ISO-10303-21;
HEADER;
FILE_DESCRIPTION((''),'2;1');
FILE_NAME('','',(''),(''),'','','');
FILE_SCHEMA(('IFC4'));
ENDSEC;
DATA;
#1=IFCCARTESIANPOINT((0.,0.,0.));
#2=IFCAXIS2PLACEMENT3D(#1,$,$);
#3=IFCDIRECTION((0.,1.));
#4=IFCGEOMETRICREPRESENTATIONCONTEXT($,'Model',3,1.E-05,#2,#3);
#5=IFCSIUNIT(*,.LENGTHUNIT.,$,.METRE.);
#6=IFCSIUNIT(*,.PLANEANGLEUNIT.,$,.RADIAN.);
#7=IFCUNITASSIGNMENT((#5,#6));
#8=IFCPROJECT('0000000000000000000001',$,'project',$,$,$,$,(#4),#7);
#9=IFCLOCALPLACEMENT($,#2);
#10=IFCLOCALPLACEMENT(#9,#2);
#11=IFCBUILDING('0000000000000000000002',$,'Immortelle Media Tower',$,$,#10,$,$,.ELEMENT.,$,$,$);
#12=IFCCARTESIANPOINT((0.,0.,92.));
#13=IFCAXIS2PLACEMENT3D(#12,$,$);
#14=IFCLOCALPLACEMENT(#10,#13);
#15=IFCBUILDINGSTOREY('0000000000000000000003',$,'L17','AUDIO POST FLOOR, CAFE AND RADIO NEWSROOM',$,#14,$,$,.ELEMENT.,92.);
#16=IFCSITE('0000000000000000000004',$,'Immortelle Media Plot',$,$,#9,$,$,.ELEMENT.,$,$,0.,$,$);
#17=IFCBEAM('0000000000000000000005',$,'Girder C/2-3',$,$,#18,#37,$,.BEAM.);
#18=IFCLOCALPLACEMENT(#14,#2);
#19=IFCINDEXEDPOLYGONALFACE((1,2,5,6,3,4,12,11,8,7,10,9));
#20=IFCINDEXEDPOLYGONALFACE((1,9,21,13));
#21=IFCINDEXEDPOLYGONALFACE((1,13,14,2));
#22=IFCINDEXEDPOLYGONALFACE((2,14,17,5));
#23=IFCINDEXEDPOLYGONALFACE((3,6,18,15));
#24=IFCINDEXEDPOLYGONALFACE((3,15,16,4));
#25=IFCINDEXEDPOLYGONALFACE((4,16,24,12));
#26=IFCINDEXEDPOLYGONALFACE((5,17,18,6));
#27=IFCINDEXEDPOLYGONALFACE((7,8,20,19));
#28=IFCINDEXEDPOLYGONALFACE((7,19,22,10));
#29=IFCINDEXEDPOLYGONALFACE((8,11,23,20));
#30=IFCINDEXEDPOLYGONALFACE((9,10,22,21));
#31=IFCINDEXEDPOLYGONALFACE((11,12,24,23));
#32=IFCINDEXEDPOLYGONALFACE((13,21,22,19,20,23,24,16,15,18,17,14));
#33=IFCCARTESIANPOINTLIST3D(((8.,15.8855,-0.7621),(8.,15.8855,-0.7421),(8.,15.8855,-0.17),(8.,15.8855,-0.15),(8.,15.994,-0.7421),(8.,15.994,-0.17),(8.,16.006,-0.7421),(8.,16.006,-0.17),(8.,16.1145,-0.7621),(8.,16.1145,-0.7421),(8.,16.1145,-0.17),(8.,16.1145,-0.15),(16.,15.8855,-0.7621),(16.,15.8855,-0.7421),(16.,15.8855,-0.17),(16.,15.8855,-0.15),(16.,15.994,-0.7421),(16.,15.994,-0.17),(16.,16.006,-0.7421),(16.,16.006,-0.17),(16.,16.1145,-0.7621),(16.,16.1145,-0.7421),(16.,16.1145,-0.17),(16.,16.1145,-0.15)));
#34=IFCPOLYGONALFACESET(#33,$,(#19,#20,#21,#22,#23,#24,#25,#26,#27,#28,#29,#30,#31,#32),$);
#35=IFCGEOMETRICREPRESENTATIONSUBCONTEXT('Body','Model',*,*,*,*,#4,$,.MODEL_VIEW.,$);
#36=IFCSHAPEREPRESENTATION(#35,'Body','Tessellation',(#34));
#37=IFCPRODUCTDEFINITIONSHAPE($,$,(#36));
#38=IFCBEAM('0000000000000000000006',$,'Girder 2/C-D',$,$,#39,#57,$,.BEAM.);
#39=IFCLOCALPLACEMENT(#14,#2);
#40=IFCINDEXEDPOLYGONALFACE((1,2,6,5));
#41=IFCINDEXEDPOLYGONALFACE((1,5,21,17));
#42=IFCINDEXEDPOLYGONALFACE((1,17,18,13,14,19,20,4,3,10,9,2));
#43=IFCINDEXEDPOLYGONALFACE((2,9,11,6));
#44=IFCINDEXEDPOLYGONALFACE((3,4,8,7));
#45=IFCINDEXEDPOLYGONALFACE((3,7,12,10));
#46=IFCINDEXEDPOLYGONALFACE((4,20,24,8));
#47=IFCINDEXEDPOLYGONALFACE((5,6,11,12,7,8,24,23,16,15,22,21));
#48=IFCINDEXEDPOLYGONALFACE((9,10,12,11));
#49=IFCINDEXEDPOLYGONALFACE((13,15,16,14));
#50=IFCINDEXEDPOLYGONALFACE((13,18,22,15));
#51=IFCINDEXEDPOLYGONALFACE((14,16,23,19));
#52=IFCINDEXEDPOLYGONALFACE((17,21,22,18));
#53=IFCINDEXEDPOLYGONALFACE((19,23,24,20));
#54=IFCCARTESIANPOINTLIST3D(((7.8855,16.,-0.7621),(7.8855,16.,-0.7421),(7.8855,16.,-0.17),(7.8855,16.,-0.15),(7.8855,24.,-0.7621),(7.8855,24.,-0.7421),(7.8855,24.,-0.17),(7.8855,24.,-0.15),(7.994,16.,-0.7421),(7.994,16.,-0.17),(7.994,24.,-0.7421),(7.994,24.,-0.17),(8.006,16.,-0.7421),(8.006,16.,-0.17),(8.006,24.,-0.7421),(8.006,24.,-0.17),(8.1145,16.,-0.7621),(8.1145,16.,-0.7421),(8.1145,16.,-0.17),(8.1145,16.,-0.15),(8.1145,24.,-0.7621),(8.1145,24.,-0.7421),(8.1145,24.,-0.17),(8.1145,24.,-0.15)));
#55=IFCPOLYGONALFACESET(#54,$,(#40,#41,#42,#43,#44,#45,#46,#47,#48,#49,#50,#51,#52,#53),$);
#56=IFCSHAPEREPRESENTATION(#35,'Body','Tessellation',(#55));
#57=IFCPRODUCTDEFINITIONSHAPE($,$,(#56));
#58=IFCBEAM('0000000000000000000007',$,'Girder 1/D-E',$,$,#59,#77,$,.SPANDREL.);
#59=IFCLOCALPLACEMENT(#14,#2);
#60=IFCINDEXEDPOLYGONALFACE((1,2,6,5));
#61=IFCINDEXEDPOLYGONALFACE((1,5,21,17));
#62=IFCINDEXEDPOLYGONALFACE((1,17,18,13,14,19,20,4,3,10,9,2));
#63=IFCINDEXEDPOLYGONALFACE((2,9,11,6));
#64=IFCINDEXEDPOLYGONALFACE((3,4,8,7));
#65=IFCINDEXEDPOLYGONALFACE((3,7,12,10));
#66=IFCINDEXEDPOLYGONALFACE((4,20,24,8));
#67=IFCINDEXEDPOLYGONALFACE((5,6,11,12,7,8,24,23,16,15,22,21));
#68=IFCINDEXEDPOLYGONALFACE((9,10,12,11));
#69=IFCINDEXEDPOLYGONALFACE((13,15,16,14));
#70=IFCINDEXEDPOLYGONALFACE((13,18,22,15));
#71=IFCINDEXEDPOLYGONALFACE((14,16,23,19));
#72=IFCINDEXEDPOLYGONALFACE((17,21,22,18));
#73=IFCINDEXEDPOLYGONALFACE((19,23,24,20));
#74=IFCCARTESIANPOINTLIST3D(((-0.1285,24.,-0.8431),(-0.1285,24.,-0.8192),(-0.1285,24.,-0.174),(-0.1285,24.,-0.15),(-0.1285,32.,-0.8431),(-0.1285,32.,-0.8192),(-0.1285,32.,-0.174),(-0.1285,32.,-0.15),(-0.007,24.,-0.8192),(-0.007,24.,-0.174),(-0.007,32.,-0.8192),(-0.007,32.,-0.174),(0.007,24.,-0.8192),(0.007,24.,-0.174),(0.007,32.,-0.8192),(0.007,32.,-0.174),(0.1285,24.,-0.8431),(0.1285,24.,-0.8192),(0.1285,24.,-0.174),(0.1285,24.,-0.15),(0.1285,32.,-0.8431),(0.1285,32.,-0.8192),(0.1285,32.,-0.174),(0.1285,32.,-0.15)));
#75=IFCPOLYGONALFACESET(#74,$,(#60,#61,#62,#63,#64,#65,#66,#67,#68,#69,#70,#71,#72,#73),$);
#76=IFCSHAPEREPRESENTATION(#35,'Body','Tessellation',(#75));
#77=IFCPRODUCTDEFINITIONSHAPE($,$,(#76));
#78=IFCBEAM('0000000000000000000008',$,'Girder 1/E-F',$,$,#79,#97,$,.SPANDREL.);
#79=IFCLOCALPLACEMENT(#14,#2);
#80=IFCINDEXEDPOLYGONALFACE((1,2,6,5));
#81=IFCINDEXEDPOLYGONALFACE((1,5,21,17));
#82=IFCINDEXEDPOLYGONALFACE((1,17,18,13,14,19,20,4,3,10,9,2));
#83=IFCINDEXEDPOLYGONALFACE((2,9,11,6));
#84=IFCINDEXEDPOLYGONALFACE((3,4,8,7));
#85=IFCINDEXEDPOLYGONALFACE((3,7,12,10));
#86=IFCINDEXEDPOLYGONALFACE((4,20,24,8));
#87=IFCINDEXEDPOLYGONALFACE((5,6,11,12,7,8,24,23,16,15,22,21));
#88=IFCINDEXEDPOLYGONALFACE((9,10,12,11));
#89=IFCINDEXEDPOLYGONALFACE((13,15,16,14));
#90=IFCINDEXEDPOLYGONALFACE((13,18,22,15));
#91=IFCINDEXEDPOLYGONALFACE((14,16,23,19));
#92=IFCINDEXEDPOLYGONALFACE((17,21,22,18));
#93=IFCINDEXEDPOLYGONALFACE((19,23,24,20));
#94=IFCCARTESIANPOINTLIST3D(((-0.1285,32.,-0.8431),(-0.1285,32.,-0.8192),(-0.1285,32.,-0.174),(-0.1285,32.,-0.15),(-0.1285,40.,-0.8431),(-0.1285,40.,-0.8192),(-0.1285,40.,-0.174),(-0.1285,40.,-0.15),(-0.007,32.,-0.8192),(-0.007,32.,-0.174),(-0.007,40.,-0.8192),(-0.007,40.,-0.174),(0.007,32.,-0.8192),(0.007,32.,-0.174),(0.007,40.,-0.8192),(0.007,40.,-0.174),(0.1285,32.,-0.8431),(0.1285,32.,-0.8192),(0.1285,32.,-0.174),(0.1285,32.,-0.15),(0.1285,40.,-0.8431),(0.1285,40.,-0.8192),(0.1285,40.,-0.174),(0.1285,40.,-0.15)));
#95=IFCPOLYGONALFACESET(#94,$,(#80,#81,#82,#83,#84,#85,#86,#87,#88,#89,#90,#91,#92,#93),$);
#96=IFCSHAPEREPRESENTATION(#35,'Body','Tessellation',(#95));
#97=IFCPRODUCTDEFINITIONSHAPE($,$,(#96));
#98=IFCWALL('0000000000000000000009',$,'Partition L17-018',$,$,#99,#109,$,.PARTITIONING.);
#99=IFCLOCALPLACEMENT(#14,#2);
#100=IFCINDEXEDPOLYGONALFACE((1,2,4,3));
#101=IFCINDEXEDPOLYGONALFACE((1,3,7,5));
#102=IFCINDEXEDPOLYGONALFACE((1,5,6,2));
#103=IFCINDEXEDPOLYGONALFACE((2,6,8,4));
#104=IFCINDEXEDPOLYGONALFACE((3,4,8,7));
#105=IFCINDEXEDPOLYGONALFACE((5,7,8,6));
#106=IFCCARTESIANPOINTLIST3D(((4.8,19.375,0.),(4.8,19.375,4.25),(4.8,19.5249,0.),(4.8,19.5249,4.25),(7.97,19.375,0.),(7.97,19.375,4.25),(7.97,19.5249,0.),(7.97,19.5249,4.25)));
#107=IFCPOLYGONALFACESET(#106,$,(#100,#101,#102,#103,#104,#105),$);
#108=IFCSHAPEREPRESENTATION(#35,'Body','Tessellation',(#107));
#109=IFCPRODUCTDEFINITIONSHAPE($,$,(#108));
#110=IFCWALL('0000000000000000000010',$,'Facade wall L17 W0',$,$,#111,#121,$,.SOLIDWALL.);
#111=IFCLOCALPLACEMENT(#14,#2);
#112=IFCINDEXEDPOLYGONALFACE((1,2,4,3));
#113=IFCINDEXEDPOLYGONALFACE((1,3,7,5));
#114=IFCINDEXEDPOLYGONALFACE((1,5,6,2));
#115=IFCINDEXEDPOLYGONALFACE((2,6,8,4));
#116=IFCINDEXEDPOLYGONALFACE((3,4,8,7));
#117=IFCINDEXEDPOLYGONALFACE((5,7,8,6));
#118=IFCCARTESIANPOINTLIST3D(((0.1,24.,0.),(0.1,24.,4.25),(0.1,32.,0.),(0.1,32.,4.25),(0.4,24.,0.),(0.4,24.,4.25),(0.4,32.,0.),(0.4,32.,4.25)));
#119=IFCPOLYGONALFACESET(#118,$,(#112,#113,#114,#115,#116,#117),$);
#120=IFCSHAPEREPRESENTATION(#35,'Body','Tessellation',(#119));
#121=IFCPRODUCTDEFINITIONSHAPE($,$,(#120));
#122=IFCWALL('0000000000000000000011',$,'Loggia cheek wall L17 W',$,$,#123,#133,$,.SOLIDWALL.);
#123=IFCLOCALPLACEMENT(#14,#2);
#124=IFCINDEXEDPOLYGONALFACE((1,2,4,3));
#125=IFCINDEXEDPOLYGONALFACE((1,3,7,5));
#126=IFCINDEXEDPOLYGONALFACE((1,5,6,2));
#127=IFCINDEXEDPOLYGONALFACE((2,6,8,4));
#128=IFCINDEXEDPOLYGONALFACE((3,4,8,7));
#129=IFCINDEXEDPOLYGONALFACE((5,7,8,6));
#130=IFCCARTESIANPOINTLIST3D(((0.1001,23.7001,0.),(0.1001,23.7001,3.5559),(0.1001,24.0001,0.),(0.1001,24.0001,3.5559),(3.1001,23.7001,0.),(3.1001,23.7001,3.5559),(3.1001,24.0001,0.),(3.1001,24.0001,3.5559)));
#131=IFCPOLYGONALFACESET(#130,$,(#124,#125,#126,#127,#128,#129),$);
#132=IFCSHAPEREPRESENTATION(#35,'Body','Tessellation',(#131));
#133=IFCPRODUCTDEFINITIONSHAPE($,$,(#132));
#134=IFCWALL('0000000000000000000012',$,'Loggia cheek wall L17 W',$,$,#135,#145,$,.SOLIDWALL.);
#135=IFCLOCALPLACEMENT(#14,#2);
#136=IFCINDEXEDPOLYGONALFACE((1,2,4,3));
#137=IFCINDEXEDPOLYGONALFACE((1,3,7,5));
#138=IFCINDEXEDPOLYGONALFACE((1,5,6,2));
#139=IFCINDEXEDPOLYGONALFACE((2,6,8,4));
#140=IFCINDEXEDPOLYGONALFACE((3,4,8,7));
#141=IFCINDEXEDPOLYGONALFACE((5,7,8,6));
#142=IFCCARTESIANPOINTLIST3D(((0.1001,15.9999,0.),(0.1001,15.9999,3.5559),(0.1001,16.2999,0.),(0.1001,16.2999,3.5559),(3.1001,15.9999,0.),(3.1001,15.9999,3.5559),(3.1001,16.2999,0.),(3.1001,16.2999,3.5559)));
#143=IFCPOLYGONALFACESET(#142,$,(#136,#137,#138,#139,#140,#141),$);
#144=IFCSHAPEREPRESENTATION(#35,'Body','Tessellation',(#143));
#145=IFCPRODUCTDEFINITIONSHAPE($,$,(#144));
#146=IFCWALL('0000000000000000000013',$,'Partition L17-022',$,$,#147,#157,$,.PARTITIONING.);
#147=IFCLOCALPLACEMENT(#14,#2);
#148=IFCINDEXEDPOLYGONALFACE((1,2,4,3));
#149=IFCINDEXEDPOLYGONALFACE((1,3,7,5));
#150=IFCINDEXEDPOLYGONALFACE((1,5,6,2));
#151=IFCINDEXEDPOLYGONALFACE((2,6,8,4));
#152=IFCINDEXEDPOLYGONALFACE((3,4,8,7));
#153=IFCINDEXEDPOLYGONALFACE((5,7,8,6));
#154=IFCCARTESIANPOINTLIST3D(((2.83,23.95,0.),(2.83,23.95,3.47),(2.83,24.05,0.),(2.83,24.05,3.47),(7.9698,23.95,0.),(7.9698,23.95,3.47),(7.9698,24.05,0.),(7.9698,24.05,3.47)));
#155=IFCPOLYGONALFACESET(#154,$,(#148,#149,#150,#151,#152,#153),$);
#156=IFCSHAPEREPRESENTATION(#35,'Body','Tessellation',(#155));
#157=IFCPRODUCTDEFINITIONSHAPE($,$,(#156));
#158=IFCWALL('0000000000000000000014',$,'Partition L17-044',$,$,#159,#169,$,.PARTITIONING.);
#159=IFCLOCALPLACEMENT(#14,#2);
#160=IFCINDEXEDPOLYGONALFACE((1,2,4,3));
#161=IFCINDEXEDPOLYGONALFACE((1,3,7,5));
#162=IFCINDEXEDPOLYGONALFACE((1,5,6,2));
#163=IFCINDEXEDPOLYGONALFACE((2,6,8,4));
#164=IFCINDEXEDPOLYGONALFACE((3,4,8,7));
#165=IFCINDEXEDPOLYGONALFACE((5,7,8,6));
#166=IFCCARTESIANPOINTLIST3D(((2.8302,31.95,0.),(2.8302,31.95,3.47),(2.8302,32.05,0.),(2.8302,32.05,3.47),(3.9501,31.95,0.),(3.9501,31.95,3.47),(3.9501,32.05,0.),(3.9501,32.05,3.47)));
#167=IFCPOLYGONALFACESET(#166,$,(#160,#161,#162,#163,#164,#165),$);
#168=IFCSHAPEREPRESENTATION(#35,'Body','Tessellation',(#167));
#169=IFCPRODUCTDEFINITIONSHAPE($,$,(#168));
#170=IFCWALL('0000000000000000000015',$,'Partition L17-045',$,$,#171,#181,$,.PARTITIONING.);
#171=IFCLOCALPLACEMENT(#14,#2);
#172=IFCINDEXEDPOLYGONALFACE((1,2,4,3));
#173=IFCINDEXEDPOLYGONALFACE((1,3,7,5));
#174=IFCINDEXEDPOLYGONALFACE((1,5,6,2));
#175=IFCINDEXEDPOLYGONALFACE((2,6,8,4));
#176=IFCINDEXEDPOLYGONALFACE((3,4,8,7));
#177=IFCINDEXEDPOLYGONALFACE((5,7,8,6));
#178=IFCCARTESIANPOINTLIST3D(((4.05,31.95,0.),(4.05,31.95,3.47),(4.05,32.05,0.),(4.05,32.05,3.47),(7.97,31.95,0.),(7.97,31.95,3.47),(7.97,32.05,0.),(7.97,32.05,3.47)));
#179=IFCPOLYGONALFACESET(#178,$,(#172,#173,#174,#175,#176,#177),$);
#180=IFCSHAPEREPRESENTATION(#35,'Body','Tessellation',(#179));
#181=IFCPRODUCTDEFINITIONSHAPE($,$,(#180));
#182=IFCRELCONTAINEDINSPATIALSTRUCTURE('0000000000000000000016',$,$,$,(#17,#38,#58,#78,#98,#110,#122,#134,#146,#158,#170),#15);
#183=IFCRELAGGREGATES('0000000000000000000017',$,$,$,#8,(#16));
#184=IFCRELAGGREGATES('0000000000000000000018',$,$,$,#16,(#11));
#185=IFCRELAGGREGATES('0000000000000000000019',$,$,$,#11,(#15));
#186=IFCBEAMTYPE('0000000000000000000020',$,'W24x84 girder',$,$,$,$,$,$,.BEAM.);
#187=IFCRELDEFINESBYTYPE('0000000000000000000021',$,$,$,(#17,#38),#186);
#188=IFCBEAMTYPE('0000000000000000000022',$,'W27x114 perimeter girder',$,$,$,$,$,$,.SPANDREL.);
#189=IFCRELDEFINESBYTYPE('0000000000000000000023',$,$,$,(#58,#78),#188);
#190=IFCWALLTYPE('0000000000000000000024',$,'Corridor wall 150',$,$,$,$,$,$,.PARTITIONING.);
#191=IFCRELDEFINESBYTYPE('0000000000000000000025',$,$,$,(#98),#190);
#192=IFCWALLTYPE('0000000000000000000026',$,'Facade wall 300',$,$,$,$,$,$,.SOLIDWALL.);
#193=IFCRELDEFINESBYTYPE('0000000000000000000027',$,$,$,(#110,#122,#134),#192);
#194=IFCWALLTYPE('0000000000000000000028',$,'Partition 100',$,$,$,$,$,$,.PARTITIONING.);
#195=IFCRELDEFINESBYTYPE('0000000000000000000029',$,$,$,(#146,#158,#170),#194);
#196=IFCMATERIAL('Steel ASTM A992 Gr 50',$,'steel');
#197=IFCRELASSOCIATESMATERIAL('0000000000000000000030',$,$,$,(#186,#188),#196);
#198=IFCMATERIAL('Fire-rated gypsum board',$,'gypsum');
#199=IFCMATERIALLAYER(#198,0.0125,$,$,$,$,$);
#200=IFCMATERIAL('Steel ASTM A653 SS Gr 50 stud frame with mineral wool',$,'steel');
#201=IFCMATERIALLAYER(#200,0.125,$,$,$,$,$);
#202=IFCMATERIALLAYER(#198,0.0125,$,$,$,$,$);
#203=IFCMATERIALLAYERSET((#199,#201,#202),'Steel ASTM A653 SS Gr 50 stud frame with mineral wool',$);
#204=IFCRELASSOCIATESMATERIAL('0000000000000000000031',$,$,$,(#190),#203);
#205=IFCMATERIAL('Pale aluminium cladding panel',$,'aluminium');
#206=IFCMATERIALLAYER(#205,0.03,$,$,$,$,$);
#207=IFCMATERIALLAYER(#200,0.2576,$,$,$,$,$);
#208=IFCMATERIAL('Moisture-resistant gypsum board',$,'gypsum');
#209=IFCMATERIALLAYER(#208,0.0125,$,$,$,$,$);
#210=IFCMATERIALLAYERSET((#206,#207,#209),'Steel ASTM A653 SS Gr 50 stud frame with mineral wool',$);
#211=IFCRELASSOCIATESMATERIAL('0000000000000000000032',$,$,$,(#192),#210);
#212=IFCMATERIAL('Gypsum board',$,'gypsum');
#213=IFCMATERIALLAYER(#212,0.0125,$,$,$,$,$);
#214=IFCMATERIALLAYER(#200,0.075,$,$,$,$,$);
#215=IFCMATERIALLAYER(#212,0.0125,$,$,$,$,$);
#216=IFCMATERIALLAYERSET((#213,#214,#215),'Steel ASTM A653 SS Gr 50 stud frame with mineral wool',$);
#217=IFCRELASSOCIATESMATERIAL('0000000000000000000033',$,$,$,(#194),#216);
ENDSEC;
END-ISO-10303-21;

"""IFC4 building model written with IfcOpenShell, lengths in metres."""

from ifc_helpers import new_model, si_unit, direction, frame, frame_2d, origin, origin_2d, place, context, subcontext, project, spatial, rectangle, i_section, extrude, material, layer, layer_set, material_profile, profile_set, type_object, element, save


model = new_model("IFC4")

# Units and contexts
model_context = context("Model", 3, precision=1e-05, world=origin(), true_north=direction((0.0, 1.0)))
body_context = subcontext(model_context, "Body", "Model", "MODEL_VIEW")
ifc_project = project(units=[si_unit("LENGTHUNIT", "METRE"), si_unit("PLANEANGLEUNIT", "RADIAN")], contexts=[model_context])

# Site, building, storey
site_placement = place(None, origin())
site = spatial("IfcSite", under=ifc_project, at=site_placement, Name="Immortelle Media Plot", CompositionType="ELEMENT", RefElevation=0.0)
building_placement = place(site_placement, origin())
building = spatial("IfcBuilding", under=site, at=building_placement, Name="Immortelle Media Tower", CompositionType="ELEMENT")
storey_placement = place(building_placement, frame((0.0, 0.0, 92.0)))
storey = spatial("IfcBuildingStorey", under=building, at=storey_placement, Name="L17", Description="AUDIO POST FLOOR, CAFE AND RADIO NEWSROOM", CompositionType="ELEMENT", Elevation=92.0)

# Shared definitions
ifc_material_1 = material(Name="Steel ASTM A992 Gr 50", Category="steel")

# Beams
ifc_material_profile_1 = material_profile(ifc_material_1, i_section(OverallWidth=0.229, OverallDepth=0.6121, WebThickness=0.012, FlangeThickness=0.02, at=origin_2d()), Name="W24x84")
ifc_profile_set_1 = profile_set([ifc_material_profile_1], Name="Steel ASTM A992 Gr 50")
beam_type_1 = type_object("IfcBeamType", Name="W24x84 girder", PredefinedType="BEAM", material=ifc_profile_set_1)
for number, where, z_axis, x_axis, name in (
    (1, (8.0, 16.0, -0.4561), (1.0, 0.0, 0.0), (0.0, 1.0, 0.0), "Girder C/2-3"),
    (2, (8.0, 16.0, -0.4561), (0.0, 1.0, 0.0), (-1.0, 0.0, 0.0), "Girder 2/C-D"),
):
    element("IfcBeam", number, at=place(storey_placement, frame(where, z_axis=z_axis, x_axis=x_axis)), inside=storey, type_object=beam_type_1, Name=name, PredefinedType="BEAM", context=body_context, shape_type="SweptSolid", body=[
        extrude(i_section(OverallWidth=0.229, OverallDepth=0.6121, WebThickness=0.012, FlangeThickness=0.02, at=origin_2d()), origin(), (0.0, 0.0, 1.0), 8.0),
    ])
ifc_material_profile_2 = material_profile(ifc_material_1, i_section(OverallWidth=0.2571, OverallDepth=0.6931, WebThickness=0.0139, FlangeThickness=0.0239, at=origin_2d()), Name="W27x114")
ifc_profile_set_2 = profile_set([ifc_material_profile_2], Name="Steel ASTM A992 Gr 50")
beam_type_2 = type_object("IfcBeamType", Name="W27x114 perimeter girder", PredefinedType="SPANDREL", material=ifc_profile_set_2)
for number, where, z_axis, x_axis, name in (
    (3, (0.0, 24.0, -0.4966), (0.0, 1.0, 0.0), (-1.0, 0.0, 0.0), "Girder 1/D-E"),
    (4, (0.0, 32.0, -0.4966), (0.0, 1.0, 0.0), (-1.0, 0.0, 0.0), "Girder 1/E-F"),
):
    element("IfcBeam", number, at=place(storey_placement, frame(where, z_axis=z_axis, x_axis=x_axis)), inside=storey, type_object=beam_type_2, Name=name, PredefinedType="SPANDREL", context=body_context, shape_type="SweptSolid", body=[
        extrude(i_section(OverallWidth=0.2571, OverallDepth=0.6931, WebThickness=0.0139, FlangeThickness=0.0239, at=origin_2d()), origin(), (0.0, 0.0, 1.0), 8.0),
    ])

# Walls
ifc_material_2 = material(Name="Fire-rated gypsum board", Category="gypsum")
ifc_layer_1 = layer(ifc_material_2, 0.0125)
ifc_material_3 = material(Name="Steel ASTM A653 SS Gr 50 stud frame with mineral wool", Category="steel")
ifc_layer_2 = layer(ifc_material_3, 0.125)
ifc_layer_3 = layer(ifc_material_2, 0.0125)
ifc_layer_set_1 = layer_set([ifc_layer_1, ifc_layer_2, ifc_layer_3], Name="Steel ASTM A653 SS Gr 50 stud frame with mineral wool")
wall_type_1 = type_object("IfcWallType", Name="Corridor wall 150", PredefinedType="PARTITIONING", material=ifc_layer_set_1)
wall_1_placement = place(storey_placement, frame((4.8, 19.45, 0.0), z_axis=(0.0, 0.0, 1.0), x_axis=(1.0, 0.0, 0.0)))
element("IfcWall", 5, at=wall_1_placement, inside=storey, type_object=wall_type_1, Name="Partition L17-018", PredefinedType="PARTITIONING", context=body_context, shape_type="SweptSolid", body=[
    extrude(rectangle(XDim=3.1699, YDim=0.1499, at=frame_2d((1.585, 0.0))), origin(), (0.0, 0.0, 1.0), 4.25),
])
ifc_material_4 = material(Name="Pale aluminium cladding panel", Category="aluminium")
ifc_layer_4 = layer(ifc_material_4, 0.03)
ifc_layer_5 = layer(ifc_material_3, 0.2576)
ifc_material_5 = material(Name="Moisture-resistant gypsum board", Category="gypsum")
ifc_layer_6 = layer(ifc_material_5, 0.0125)
ifc_layer_set_2 = layer_set([ifc_layer_4, ifc_layer_5, ifc_layer_6], Name="Steel ASTM A653 SS Gr 50 stud frame with mineral wool")
wall_type_2 = type_object("IfcWallType", Name="Facade wall 300", PredefinedType="SOLIDWALL", material=ifc_layer_set_2)
wall_2_placement = place(storey_placement, frame((0.25, 32.0, 0.0), z_axis=(0.0, 0.0, 1.0), x_axis=(0.0, -1.0, 0.0)))
element("IfcWall", 6, at=wall_2_placement, inside=storey, type_object=wall_type_2, Name="Facade wall L17 W0", PredefinedType="SOLIDWALL", context=body_context, shape_type="SweptSolid", body=[
    extrude(rectangle(XDim=8.0, YDim=0.3, at=frame_2d((4.0, 0.0))), origin(), (0.0, 0.0, 1.0), 4.25),
])

# Walls
for number, where, z_axis, x_axis, name in (
    (7, (0.1001, 23.8501, 0.0), (0.0, 0.0, 1.0), (1.0, 0.0, 0.0), "Loggia cheek wall L17 W"),
    (8, (0.1001, 16.1499, 0.0), (0.0, 0.0, 1.0), (1.0, 0.0, 0.0), "Loggia cheek wall L17 W"),
):
    element("IfcWall", number, at=place(storey_placement, frame(where, z_axis=z_axis, x_axis=x_axis)), inside=storey, type_object=wall_type_2, Name=name, PredefinedType="SOLIDWALL", context=body_context, shape_type="SweptSolid", body=[
        extrude(rectangle(XDim=3.0, YDim=0.3, at=frame_2d((1.5, 0.0))), origin(), (0.0, 0.0, 1.0), 3.5559),
    ])
ifc_material_6 = material(Name="Gypsum board", Category="gypsum")
ifc_layer_7 = layer(ifc_material_6, 0.0125)
ifc_layer_8 = layer(ifc_material_3, 0.075)
ifc_layer_9 = layer(ifc_material_6, 0.0125)
ifc_layer_set_3 = layer_set([ifc_layer_7, ifc_layer_8, ifc_layer_9], Name="Steel ASTM A653 SS Gr 50 stud frame with mineral wool")
wall_type_3 = type_object("IfcWallType", Name="Partition 100", PredefinedType="PARTITIONING", material=ifc_layer_set_3)
wall_3_placement = place(storey_placement, frame((2.8301, 24.0, 0.0), z_axis=(0.0, 0.0, 1.0), x_axis=(1.0, 0.0, 0.0)))
element("IfcWall", 9, at=wall_3_placement, inside=storey, type_object=wall_type_3, Name="Partition L17-022", PredefinedType="PARTITIONING", context=body_context, shape_type="SweptSolid", body=[
    extrude(rectangle(XDim=5.1399, YDim=0.1001, at=frame_2d((2.5698, 0.0))), origin(), (0.0, 0.0, 1.0), 3.47),
])
wall_4_placement = place(storey_placement, frame((2.8301, 32.0, 0.0), z_axis=(0.0, 0.0, 1.0), x_axis=(1.0, 0.0, 0.0)))
element("IfcWall", 10, at=wall_4_placement, inside=storey, type_object=wall_type_3, Name="Partition L17-044", PredefinedType="PARTITIONING", context=body_context, shape_type="SweptSolid", body=[
    extrude(rectangle(XDim=1.1199, YDim=0.1001, at=frame_2d((0.5601, 0.0))), origin(), (0.0, 0.0, 1.0), 3.47),
])
wall_5_placement = place(storey_placement, frame((4.05, 32.0, 0.0), z_axis=(0.0, 0.0, 1.0), x_axis=(1.0, 0.0, 0.0)))
element("IfcWall", 11, at=wall_5_placement, inside=storey, type_object=wall_type_3, Name="Partition L17-045", PredefinedType="PARTITIONING", context=body_context, shape_type="SweptSolid", body=[
    extrude(rectangle(XDim=3.9199, YDim=0.1001, at=frame_2d((1.96, 0.0))), origin(), (0.0, 0.0, 1.0), 3.47),
])

save(model, "model.ifc")
